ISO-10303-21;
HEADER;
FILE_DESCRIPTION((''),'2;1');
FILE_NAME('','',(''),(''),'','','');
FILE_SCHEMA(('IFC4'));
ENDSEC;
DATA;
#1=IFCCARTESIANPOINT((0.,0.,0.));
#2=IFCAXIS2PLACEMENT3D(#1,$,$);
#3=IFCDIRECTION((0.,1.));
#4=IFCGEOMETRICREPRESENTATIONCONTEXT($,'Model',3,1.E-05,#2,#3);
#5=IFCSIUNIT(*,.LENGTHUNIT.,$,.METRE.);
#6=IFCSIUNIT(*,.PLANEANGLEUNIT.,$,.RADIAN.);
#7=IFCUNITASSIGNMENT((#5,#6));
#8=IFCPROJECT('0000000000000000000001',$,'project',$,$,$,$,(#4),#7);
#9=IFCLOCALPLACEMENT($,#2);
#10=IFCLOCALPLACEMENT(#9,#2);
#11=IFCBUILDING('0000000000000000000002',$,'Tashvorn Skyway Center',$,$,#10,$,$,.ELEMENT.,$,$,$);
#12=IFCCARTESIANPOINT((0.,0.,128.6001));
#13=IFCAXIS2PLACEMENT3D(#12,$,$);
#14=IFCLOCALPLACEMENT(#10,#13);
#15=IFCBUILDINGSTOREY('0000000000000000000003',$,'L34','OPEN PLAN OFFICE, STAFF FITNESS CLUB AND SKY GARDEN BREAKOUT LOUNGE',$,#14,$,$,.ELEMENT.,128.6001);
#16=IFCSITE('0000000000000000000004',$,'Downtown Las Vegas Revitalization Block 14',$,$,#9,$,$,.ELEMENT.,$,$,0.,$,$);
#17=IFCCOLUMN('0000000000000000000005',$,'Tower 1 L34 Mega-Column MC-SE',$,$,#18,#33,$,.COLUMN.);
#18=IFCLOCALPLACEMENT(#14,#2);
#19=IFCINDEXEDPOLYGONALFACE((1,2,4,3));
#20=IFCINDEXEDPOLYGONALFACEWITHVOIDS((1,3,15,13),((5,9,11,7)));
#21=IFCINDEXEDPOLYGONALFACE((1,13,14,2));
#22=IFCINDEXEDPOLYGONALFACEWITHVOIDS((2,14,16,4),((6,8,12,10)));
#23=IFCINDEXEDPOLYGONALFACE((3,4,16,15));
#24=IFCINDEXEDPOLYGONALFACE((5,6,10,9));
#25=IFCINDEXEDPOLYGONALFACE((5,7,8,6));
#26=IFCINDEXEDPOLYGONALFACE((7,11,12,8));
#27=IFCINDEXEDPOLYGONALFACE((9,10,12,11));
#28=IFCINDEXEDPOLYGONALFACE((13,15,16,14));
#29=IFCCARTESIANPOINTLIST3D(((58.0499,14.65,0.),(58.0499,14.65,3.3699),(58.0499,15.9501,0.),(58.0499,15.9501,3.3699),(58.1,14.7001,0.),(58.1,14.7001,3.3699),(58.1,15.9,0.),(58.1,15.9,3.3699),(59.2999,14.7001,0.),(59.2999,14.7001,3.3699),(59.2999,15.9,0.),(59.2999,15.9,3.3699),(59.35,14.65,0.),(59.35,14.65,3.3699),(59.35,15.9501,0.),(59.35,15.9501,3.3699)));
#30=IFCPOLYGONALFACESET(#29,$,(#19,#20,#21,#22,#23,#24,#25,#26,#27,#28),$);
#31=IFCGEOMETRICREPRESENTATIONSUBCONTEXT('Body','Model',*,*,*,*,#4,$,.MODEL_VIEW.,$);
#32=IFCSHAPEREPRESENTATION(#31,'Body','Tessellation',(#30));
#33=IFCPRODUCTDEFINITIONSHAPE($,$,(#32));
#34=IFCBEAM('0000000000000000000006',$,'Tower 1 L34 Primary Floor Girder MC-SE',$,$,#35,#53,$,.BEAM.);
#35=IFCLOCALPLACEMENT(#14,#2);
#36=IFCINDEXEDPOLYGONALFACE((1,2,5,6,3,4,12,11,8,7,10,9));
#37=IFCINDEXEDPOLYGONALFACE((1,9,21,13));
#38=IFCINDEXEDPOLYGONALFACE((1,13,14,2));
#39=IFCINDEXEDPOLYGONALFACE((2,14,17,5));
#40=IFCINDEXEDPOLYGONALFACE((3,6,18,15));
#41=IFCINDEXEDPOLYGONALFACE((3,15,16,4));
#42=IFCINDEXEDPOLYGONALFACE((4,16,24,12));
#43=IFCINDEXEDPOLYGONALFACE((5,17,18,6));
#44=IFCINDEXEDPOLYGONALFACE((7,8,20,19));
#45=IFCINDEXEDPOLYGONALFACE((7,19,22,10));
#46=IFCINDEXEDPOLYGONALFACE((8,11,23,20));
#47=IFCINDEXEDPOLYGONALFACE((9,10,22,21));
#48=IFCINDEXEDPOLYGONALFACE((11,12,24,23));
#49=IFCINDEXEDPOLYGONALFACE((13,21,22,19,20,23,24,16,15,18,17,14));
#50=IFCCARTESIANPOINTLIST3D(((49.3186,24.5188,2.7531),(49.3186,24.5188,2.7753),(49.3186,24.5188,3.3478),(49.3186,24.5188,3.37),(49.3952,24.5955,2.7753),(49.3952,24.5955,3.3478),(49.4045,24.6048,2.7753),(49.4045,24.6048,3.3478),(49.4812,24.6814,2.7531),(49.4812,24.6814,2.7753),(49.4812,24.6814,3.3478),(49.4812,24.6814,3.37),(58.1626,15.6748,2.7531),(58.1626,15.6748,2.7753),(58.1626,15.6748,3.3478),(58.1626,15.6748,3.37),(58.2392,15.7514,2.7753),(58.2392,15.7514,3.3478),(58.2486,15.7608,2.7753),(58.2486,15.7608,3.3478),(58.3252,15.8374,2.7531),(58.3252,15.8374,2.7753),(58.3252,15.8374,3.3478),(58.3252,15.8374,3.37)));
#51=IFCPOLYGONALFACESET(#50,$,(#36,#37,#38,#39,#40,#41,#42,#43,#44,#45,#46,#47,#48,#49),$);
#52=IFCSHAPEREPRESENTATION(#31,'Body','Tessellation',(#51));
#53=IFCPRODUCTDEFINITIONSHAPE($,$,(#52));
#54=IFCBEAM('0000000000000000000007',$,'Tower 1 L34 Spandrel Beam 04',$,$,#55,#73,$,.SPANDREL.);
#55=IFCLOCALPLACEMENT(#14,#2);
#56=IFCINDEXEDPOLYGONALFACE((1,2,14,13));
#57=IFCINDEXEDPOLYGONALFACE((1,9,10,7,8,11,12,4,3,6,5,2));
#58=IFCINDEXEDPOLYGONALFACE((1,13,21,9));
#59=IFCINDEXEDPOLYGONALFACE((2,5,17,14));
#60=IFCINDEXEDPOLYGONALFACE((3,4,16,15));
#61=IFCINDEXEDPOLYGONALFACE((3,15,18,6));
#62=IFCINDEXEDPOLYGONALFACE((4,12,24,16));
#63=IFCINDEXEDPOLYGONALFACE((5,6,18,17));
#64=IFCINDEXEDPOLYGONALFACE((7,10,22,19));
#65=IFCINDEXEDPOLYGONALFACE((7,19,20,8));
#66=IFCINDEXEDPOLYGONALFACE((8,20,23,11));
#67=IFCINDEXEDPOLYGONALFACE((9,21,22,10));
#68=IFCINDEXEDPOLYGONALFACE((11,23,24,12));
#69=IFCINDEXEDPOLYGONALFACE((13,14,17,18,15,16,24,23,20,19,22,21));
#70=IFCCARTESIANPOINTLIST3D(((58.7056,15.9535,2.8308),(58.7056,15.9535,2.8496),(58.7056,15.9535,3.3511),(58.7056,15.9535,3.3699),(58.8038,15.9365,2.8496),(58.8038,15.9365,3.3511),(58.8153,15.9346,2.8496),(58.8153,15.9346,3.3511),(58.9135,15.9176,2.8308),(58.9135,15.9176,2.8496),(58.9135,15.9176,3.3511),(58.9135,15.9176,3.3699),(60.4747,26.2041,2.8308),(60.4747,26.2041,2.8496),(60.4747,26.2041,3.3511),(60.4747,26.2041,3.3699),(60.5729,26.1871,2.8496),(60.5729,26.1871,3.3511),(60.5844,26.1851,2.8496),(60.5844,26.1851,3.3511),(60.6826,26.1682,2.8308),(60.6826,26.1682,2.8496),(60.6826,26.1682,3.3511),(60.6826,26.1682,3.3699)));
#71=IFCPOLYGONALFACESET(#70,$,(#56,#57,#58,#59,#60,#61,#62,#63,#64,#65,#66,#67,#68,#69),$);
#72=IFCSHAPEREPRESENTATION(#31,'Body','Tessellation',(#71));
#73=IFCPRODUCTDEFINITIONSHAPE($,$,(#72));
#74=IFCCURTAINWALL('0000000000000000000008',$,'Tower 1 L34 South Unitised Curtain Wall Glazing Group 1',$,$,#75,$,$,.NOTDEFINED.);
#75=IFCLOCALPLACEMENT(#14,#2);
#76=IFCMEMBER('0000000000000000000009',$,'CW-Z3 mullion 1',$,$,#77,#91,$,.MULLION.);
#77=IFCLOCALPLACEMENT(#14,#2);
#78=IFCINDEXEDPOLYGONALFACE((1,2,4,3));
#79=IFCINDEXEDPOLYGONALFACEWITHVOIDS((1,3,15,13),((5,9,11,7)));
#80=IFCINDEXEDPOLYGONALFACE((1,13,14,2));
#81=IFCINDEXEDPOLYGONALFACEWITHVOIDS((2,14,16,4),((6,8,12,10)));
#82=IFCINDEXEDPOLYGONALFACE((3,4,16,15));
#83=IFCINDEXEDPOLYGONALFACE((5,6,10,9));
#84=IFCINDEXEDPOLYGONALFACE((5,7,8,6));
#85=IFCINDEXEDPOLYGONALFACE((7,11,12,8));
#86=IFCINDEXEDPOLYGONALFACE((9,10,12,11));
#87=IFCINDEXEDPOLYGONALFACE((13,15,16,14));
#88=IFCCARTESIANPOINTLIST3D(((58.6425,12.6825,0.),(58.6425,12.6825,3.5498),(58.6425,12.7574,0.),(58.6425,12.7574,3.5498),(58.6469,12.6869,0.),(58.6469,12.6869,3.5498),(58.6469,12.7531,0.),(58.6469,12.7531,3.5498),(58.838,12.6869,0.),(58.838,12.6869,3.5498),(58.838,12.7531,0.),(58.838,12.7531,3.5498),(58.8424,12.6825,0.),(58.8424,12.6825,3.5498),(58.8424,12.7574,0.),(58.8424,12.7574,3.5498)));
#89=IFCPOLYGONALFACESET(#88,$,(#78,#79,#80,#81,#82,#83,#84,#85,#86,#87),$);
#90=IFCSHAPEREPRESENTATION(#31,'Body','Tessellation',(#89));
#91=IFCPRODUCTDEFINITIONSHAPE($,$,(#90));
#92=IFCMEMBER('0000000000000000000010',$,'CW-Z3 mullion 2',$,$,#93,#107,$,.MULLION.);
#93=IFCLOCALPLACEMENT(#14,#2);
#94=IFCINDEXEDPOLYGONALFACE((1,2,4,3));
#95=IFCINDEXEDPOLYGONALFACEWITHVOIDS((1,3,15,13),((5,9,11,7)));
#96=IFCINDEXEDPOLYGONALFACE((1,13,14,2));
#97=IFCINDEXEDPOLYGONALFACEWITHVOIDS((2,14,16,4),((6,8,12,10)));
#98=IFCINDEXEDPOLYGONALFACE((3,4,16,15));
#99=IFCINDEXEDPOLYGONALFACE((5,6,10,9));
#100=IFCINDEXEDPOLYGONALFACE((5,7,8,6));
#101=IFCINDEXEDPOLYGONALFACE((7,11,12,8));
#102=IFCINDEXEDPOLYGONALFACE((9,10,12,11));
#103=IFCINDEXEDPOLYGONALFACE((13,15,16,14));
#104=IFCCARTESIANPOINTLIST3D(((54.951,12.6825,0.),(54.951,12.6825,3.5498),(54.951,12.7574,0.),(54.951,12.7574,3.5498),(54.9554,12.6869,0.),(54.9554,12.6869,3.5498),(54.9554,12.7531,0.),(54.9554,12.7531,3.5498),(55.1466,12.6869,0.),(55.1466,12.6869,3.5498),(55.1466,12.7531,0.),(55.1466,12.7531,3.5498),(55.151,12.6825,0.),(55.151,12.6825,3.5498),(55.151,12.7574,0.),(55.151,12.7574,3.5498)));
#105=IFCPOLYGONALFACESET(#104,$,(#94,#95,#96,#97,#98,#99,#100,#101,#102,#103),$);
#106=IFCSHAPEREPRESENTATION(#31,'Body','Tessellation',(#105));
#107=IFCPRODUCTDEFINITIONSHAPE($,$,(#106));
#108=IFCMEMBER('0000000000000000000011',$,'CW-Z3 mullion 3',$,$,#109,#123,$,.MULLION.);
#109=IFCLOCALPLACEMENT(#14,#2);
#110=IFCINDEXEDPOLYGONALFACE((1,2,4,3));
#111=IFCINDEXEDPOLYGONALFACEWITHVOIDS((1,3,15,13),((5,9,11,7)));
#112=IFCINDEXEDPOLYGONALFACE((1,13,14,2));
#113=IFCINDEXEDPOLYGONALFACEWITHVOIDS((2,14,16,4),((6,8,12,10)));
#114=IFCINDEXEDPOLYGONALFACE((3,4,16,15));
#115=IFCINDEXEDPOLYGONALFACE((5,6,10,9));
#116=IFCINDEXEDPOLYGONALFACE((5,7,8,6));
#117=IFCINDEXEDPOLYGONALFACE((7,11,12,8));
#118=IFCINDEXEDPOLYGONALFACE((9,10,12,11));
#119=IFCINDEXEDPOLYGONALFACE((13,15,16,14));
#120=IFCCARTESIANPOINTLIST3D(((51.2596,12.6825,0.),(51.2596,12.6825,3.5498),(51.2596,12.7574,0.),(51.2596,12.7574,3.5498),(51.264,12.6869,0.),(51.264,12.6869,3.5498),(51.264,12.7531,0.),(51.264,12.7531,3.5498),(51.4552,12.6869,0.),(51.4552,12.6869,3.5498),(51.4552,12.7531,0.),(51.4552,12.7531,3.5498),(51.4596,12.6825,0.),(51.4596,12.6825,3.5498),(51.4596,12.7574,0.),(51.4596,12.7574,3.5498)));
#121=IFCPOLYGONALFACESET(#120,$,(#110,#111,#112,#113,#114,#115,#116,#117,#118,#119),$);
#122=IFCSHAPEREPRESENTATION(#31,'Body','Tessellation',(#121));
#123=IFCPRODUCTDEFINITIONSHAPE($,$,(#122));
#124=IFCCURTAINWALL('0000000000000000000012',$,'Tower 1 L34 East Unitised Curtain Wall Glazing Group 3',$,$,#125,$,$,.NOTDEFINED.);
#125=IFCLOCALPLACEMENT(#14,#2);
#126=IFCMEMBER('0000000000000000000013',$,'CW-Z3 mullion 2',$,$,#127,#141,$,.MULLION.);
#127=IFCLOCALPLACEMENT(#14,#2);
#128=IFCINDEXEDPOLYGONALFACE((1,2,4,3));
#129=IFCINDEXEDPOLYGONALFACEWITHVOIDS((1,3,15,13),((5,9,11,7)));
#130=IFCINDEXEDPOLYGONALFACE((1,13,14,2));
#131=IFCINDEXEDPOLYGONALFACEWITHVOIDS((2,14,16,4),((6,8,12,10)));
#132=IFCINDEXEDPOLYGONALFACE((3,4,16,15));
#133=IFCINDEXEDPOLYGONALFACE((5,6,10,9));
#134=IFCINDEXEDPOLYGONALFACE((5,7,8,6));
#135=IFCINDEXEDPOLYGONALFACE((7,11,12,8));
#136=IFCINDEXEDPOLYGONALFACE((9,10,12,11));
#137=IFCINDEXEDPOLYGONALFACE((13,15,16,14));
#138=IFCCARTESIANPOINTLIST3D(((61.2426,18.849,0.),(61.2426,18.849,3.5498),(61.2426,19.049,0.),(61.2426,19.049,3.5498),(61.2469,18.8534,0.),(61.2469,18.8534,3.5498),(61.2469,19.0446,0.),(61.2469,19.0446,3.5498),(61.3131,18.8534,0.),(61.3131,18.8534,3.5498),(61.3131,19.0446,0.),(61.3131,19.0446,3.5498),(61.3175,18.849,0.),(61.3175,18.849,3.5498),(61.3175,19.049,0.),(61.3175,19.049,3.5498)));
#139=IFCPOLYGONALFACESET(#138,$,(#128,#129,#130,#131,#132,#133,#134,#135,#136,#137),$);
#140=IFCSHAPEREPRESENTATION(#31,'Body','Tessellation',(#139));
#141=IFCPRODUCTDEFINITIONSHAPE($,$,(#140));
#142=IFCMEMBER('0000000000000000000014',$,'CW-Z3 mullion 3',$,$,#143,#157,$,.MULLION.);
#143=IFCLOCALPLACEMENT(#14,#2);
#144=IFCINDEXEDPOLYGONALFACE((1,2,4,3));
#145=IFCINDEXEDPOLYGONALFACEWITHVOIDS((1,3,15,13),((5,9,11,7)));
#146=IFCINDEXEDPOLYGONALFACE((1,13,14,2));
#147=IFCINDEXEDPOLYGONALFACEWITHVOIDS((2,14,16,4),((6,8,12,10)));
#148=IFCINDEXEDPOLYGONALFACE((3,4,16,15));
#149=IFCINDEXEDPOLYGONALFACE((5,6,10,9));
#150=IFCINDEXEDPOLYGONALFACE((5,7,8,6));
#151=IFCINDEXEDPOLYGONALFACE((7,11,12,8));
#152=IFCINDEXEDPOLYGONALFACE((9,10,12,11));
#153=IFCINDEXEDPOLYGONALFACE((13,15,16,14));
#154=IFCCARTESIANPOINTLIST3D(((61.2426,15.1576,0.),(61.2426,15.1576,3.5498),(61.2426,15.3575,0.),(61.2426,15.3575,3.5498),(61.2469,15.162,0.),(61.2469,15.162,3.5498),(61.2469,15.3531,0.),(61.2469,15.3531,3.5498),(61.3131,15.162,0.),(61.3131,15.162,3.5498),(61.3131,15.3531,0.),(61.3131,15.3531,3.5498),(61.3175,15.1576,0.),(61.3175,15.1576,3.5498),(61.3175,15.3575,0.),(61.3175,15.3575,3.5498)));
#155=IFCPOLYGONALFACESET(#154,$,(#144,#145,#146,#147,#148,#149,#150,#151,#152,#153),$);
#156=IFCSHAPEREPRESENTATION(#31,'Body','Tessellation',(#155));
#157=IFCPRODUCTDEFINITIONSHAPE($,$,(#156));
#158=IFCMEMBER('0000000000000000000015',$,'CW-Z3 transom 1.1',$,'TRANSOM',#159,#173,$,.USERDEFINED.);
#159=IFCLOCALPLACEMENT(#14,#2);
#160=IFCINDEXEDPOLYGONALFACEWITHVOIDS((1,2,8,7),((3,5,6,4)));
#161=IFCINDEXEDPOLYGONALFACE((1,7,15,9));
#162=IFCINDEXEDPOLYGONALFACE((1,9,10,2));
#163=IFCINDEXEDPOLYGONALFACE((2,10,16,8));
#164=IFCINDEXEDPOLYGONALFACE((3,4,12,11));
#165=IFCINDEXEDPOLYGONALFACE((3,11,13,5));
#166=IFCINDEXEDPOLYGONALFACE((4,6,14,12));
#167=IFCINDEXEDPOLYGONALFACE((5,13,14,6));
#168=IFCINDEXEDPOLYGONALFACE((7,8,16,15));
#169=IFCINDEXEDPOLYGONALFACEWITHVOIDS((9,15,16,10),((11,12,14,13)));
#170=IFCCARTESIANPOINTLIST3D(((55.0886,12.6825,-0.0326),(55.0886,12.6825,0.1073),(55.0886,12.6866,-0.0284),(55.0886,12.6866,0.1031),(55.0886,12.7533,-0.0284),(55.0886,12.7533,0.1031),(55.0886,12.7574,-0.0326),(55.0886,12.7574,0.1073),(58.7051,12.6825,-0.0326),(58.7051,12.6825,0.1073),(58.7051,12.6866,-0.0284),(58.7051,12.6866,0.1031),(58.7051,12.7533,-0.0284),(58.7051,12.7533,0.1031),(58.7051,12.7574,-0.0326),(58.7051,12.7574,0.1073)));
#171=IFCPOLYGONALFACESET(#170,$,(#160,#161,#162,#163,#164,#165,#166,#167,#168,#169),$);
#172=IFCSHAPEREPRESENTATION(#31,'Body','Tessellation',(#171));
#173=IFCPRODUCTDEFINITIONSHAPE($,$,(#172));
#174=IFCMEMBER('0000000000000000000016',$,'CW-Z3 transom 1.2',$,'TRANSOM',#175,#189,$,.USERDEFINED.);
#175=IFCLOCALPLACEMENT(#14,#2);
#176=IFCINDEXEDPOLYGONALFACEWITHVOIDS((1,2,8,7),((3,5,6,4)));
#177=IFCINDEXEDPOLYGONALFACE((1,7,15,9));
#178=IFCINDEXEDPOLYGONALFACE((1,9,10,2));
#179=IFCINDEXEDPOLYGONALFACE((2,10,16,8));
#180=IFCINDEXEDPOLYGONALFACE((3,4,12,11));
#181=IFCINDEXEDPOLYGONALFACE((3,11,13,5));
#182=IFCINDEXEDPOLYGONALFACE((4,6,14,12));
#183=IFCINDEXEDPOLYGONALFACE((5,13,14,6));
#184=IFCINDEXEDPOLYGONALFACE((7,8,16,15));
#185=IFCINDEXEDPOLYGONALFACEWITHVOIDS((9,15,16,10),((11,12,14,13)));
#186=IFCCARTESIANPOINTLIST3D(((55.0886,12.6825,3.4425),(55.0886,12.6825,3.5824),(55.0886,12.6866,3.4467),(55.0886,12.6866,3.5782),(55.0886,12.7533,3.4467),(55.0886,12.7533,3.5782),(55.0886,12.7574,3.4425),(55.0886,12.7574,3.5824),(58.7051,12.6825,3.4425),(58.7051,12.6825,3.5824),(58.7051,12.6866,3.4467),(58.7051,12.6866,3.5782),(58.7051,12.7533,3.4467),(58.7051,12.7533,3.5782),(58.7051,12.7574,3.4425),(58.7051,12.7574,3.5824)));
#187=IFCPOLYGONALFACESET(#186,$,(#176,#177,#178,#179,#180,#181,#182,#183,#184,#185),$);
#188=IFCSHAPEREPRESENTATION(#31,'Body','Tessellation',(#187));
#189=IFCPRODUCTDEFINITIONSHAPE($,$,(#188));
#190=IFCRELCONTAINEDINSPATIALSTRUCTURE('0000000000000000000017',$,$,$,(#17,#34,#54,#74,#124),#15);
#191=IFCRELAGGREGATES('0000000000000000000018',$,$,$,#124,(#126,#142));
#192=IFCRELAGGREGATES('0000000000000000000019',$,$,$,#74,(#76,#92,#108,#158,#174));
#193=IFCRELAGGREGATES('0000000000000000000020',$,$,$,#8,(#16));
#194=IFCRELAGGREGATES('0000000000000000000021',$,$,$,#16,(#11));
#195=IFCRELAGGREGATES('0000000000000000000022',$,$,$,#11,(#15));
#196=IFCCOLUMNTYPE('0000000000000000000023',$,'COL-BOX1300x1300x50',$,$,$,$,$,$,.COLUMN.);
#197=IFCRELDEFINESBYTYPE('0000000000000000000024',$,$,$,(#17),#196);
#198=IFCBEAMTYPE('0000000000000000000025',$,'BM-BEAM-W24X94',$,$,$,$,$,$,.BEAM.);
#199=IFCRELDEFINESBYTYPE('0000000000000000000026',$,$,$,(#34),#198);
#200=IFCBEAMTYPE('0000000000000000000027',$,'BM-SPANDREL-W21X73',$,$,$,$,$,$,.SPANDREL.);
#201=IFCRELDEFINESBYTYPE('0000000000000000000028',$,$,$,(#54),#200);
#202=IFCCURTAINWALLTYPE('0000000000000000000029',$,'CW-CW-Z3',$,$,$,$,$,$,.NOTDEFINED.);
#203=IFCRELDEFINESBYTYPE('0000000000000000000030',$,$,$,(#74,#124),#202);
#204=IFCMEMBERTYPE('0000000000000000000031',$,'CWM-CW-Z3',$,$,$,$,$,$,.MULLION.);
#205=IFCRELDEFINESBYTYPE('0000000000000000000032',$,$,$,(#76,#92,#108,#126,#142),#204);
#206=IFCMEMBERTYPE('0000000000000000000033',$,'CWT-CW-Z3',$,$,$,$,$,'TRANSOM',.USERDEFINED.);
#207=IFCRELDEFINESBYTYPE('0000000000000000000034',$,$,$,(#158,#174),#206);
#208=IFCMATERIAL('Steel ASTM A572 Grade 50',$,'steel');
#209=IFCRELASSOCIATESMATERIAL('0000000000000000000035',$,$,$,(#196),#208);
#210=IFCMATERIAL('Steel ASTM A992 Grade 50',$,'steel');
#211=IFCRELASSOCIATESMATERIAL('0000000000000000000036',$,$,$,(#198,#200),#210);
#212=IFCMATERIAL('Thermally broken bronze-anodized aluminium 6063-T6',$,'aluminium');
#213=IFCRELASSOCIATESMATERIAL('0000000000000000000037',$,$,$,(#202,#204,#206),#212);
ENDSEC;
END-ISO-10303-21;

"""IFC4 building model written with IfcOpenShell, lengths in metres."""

from ifc_helpers import new_model, si_unit, direction, frame, origin, origin_2d, place, context, subcontext, project, spatial, hollow_rectangle, i_section, extrude, material, material_profile, profile_set, type_object, element, aggregate, save


model = new_model("IFC4")

# Units and contexts
model_context = context("Model", 3, precision=1e-05, world=origin(), true_north=direction((0.0, 1.0)))
body_context = subcontext(model_context, "Body", "Model", "MODEL_VIEW")
ifc_project = project(units=[si_unit("LENGTHUNIT", "METRE"), si_unit("PLANEANGLEUNIT", "RADIAN")], contexts=[model_context])

# Site, building, storey
site_placement = place(None, origin())
site = spatial("IfcSite", under=ifc_project, at=site_placement, Name="Downtown Las Vegas Revitalization Block 14", CompositionType="ELEMENT", RefElevation=0.0)
building_placement = place(site_placement, origin())
building = spatial("IfcBuilding", under=site, at=building_placement, Name="Tashvorn Skyway Center", CompositionType="ELEMENT")
storey_placement = place(building_placement, frame((0.0, 0.0, 128.6001)))
storey = spatial("IfcBuildingStorey", under=building, at=storey_placement, Name="L34", Description="OPEN PLAN OFFICE, STAFF FITNESS CLUB AND SKY GARDEN BREAKOUT LOUNGE", CompositionType="ELEMENT", Elevation=128.6001)

# Column
ifc_material_1 = material(Name="Steel ASTM A572 Grade 50", Category="steel")
ifc_material_profile_1 = material_profile(ifc_material_1, hollow_rectangle(XDim=1.3, YDim=1.3, WallThickness=0.05, at=origin_2d()), Name="BOX1300x1300x50")
ifc_profile_set_1 = profile_set([ifc_material_profile_1], Name="Steel ASTM A572 Grade 50")
column_type = type_object("IfcColumnType", Name="COL-BOX1300x1300x50", PredefinedType="COLUMN", material=ifc_profile_set_1)
column_placement = place(storey_placement, frame((58.7, 15.3, 0.0), z_axis=(0.0, 0.0, 1.0), x_axis=(1.0, 0.0, 0.0)))
element("IfcColumn", 1, at=column_placement, inside=storey, type_object=column_type, Name="Tower 1 L34 Mega-Column MC-SE", PredefinedType="COLUMN", context=body_context, shape_type="SweptSolid", body=[
    extrude(hollow_rectangle(XDim=1.3, YDim=1.3, WallThickness=0.05, at=origin_2d()), origin(), (0.0, 0.0, 1.0), 3.3699),
])

# Beams
ifc_material_2 = material(Name="Steel ASTM A992 Grade 50", Category="steel")
ifc_material_profile_2 = material_profile(ifc_material_2, i_section(OverallWidth=0.23, OverallDepth=0.6169, WebThickness=0.0132, FlangeThickness=0.0222, at=origin_2d()), Name="W24X94")
ifc_profile_set_2 = profile_set([ifc_material_profile_2], Name="Steel ASTM A992 Grade 50")
beam_type_1 = type_object("IfcBeamType", Name="BM-BEAM-W24X94", PredefinedType="BEAM", material=ifc_profile_set_2)
beam_1_placement = place(storey_placement, frame((58.2439, 15.7561, 3.0615), z_axis=(-0.707107, 0.707107, 0.0), x_axis=(-0.707107, -0.707107, 0.0)))
element("IfcBeam", 2, at=beam_1_placement, inside=storey, type_object=beam_type_1, Name="Tower 1 L34 Primary Floor Girder MC-SE", PredefinedType="BEAM", context=body_context, shape_type="SweptSolid", body=[
    extrude(i_section(OverallWidth=0.23, OverallDepth=0.6169, WebThickness=0.0132, FlangeThickness=0.0222, at=origin_2d()), origin(), (0.0, 0.0, 1.0), 12.5073),
])
ifc_material_profile_3 = material_profile(ifc_material_2, i_section(OverallWidth=0.2109, OverallDepth=0.5391, WebThickness=0.0117, FlangeThickness=0.0188, at=origin_2d()), Name="W21X73")
ifc_profile_set_3 = profile_set([ifc_material_profile_3], Name="Steel ASTM A992 Grade 50")
beam_type_2 = type_object("IfcBeamType", Name="BM-SPANDREL-W21X73", PredefinedType="SPANDREL", material=ifc_profile_set_3)
beam_2_placement = place(storey_placement, frame((58.8096, 15.9355, 3.1003), z_axis=(0.170067, 0.985432, 0.0), x_axis=(-0.985432, 0.170067, 0.0)))
element("IfcBeam", 3, at=beam_2_placement, inside=storey, type_object=beam_type_2, Name="Tower 1 L34 Spandrel Beam 04", PredefinedType="SPANDREL", context=body_context, shape_type="SweptSolid", body=[
    extrude(i_section(OverallWidth=0.2109, OverallDepth=0.5391, WebThickness=0.0117, FlangeThickness=0.0188, at=origin_2d()), origin(), (0.0, 0.0, 1.0), 10.4021),
])

# Curtain walls, members
ifc_material_3 = material(Name="Thermally broken bronze-anodized aluminium 6063-T6", Category="aluminium")
curtain_wall_type = type_object("IfcCurtainWallType", Name="CW-CW-Z3", PredefinedType="NOTDEFINED", material=ifc_material_3)
curtain_wall_1_placement = place(storey_placement, origin())
curtain_wall_1 = element("IfcCurtainWall", 4, at=curtain_wall_1_placement, inside=storey, type_object=curtain_wall_type, Name="Tower 1 L34 South Unitised Curtain Wall Glazing Group 1", PredefinedType="NOTDEFINED")
ifc_material_profile_4 = material_profile(ifc_material_3, hollow_rectangle(XDim=0.075, YDim=0.2, WallThickness=0.0044, at=origin_2d()), Name="ALU-MULL-75x200")
ifc_profile_set_4 = profile_set([ifc_material_profile_4], Name="Thermally broken bronze-anodized aluminium 6063-T6")
member_type_1 = type_object("IfcMemberType", Name="CWM-CW-Z3", PredefinedType="MULLION", material=ifc_profile_set_4)
member_1_placement = place(storey_placement, frame((58.7424, 12.72, 0.0), z_axis=(0.0, 0.0, 1.0), x_axis=(0.0, -1.0, 0.0)))
member_1 = element("IfcMember", 5, at=member_1_placement, type_object=member_type_1, Name="CW-Z3 mullion 1", PredefinedType="MULLION", context=body_context, shape_type="SweptSolid", body=[
    extrude(hollow_rectangle(XDim=0.075, YDim=0.2, WallThickness=0.0044, at=origin_2d()), origin(), (0.0, 0.0, 1.0), 3.5498),
])
member_2_placement = place(storey_placement, frame((55.051, 12.72, 0.0), z_axis=(0.0, 0.0, 1.0), x_axis=(0.0, -1.0, 0.0)))
member_2 = element("IfcMember", 6, at=member_2_placement, type_object=member_type_1, Name="CW-Z3 mullion 2", PredefinedType="MULLION", context=body_context, shape_type="SweptSolid", body=[
    extrude(hollow_rectangle(XDim=0.075, YDim=0.2, WallThickness=0.0044, at=origin_2d()), origin(), (0.0, 0.0, 1.0), 3.5498),
])
member_3_placement = place(storey_placement, frame((51.3596, 12.72, 0.0), z_axis=(0.0, 0.0, 1.0), x_axis=(0.0, -1.0, 0.0)))
member_3 = element("IfcMember", 7, at=member_3_placement, type_object=member_type_1, Name="CW-Z3 mullion 3", PredefinedType="MULLION", context=body_context, shape_type="SweptSolid", body=[
    extrude(hollow_rectangle(XDim=0.075, YDim=0.2, WallThickness=0.0044, at=origin_2d()), origin(), (0.0, 0.0, 1.0), 3.5498),
])
curtain_wall_2_placement = place(storey_placement, origin())
curtain_wall_2 = element("IfcCurtainWall", 8, at=curtain_wall_2_placement, inside=storey, type_object=curtain_wall_type, Name="Tower 1 L34 East Unitised Curtain Wall Glazing Group 3", PredefinedType="NOTDEFINED")
member_4_placement = place(storey_placement, frame((61.28, 18.949, 0.0), z_axis=(0.0, 0.0, 1.0), x_axis=(1.0, 0.0, 0.0)))
member_4 = element("IfcMember", 9, at=member_4_placement, type_object=member_type_1, Name="CW-Z3 mullion 2", PredefinedType="MULLION", context=body_context, shape_type="SweptSolid", body=[
    extrude(hollow_rectangle(XDim=0.075, YDim=0.2, WallThickness=0.0044, at=origin_2d()), origin(), (0.0, 0.0, 1.0), 3.5498),
])
member_5_placement = place(storey_placement, frame((61.28, 15.2576, 0.0), z_axis=(0.0, 0.0, 1.0), x_axis=(1.0, 0.0, 0.0)))
member_5 = element("IfcMember", 10, at=member_5_placement, type_object=member_type_1, Name="CW-Z3 mullion 3", PredefinedType="MULLION", context=body_context, shape_type="SweptSolid", body=[
    extrude(hollow_rectangle(XDim=0.075, YDim=0.2, WallThickness=0.0044, at=origin_2d()), origin(), (0.0, 0.0, 1.0), 3.5498),
])
aggregate(curtain_wall_2, [member_4, member_5])

# Members
ifc_material_profile_5 = material_profile(ifc_material_3, hollow_rectangle(XDim=0.075, YDim=0.1399, WallThickness=0.0042, at=origin_2d()), Name="ALU-TRAN-75x140")
ifc_profile_set_5 = profile_set([ifc_material_profile_5], Name="Thermally broken bronze-anodized aluminium 6063-T6")
member_type_2 = type_object("IfcMemberType", Name="CWT-CW-Z3", ElementType="TRANSOM", PredefinedType="USERDEFINED", material=ifc_profile_set_5)
member_6_placement = place(storey_placement, frame((58.7051, 12.72, 0.0374), z_axis=(-1.0, 0.0, 0.0), x_axis=(0.0, -1.0, 0.0)))
member_6 = element("IfcMember", 11, at=member_6_placement, type_object=member_type_2, Name="CW-Z3 transom 1.1", ObjectType="TRANSOM", PredefinedType="USERDEFINED", context=body_context, shape_type="SweptSolid", body=[
    extrude(hollow_rectangle(XDim=0.075, YDim=0.1399, WallThickness=0.0042, at=origin_2d()), origin(), (0.0, 0.0, 1.0), 3.6165),
])
member_7_placement = place(storey_placement, frame((58.7051, 12.72, 3.5125), z_axis=(-1.0, 0.0, 0.0), x_axis=(0.0, -1.0, 0.0)))
member_7 = element("IfcMember", 12, at=member_7_placement, type_object=member_type_2, Name="CW-Z3 transom 1.2", ObjectType="TRANSOM", PredefinedType="USERDEFINED", context=body_context, shape_type="SweptSolid", body=[
    extrude(hollow_rectangle(XDim=0.075, YDim=0.1399, WallThickness=0.0042, at=origin_2d()), origin(), (0.0, 0.0, 1.0), 3.6165),
])

aggregate(curtain_wall_1, [member_1, member_2, member_3, member_6, member_7])

save(model, "model.ifc")
